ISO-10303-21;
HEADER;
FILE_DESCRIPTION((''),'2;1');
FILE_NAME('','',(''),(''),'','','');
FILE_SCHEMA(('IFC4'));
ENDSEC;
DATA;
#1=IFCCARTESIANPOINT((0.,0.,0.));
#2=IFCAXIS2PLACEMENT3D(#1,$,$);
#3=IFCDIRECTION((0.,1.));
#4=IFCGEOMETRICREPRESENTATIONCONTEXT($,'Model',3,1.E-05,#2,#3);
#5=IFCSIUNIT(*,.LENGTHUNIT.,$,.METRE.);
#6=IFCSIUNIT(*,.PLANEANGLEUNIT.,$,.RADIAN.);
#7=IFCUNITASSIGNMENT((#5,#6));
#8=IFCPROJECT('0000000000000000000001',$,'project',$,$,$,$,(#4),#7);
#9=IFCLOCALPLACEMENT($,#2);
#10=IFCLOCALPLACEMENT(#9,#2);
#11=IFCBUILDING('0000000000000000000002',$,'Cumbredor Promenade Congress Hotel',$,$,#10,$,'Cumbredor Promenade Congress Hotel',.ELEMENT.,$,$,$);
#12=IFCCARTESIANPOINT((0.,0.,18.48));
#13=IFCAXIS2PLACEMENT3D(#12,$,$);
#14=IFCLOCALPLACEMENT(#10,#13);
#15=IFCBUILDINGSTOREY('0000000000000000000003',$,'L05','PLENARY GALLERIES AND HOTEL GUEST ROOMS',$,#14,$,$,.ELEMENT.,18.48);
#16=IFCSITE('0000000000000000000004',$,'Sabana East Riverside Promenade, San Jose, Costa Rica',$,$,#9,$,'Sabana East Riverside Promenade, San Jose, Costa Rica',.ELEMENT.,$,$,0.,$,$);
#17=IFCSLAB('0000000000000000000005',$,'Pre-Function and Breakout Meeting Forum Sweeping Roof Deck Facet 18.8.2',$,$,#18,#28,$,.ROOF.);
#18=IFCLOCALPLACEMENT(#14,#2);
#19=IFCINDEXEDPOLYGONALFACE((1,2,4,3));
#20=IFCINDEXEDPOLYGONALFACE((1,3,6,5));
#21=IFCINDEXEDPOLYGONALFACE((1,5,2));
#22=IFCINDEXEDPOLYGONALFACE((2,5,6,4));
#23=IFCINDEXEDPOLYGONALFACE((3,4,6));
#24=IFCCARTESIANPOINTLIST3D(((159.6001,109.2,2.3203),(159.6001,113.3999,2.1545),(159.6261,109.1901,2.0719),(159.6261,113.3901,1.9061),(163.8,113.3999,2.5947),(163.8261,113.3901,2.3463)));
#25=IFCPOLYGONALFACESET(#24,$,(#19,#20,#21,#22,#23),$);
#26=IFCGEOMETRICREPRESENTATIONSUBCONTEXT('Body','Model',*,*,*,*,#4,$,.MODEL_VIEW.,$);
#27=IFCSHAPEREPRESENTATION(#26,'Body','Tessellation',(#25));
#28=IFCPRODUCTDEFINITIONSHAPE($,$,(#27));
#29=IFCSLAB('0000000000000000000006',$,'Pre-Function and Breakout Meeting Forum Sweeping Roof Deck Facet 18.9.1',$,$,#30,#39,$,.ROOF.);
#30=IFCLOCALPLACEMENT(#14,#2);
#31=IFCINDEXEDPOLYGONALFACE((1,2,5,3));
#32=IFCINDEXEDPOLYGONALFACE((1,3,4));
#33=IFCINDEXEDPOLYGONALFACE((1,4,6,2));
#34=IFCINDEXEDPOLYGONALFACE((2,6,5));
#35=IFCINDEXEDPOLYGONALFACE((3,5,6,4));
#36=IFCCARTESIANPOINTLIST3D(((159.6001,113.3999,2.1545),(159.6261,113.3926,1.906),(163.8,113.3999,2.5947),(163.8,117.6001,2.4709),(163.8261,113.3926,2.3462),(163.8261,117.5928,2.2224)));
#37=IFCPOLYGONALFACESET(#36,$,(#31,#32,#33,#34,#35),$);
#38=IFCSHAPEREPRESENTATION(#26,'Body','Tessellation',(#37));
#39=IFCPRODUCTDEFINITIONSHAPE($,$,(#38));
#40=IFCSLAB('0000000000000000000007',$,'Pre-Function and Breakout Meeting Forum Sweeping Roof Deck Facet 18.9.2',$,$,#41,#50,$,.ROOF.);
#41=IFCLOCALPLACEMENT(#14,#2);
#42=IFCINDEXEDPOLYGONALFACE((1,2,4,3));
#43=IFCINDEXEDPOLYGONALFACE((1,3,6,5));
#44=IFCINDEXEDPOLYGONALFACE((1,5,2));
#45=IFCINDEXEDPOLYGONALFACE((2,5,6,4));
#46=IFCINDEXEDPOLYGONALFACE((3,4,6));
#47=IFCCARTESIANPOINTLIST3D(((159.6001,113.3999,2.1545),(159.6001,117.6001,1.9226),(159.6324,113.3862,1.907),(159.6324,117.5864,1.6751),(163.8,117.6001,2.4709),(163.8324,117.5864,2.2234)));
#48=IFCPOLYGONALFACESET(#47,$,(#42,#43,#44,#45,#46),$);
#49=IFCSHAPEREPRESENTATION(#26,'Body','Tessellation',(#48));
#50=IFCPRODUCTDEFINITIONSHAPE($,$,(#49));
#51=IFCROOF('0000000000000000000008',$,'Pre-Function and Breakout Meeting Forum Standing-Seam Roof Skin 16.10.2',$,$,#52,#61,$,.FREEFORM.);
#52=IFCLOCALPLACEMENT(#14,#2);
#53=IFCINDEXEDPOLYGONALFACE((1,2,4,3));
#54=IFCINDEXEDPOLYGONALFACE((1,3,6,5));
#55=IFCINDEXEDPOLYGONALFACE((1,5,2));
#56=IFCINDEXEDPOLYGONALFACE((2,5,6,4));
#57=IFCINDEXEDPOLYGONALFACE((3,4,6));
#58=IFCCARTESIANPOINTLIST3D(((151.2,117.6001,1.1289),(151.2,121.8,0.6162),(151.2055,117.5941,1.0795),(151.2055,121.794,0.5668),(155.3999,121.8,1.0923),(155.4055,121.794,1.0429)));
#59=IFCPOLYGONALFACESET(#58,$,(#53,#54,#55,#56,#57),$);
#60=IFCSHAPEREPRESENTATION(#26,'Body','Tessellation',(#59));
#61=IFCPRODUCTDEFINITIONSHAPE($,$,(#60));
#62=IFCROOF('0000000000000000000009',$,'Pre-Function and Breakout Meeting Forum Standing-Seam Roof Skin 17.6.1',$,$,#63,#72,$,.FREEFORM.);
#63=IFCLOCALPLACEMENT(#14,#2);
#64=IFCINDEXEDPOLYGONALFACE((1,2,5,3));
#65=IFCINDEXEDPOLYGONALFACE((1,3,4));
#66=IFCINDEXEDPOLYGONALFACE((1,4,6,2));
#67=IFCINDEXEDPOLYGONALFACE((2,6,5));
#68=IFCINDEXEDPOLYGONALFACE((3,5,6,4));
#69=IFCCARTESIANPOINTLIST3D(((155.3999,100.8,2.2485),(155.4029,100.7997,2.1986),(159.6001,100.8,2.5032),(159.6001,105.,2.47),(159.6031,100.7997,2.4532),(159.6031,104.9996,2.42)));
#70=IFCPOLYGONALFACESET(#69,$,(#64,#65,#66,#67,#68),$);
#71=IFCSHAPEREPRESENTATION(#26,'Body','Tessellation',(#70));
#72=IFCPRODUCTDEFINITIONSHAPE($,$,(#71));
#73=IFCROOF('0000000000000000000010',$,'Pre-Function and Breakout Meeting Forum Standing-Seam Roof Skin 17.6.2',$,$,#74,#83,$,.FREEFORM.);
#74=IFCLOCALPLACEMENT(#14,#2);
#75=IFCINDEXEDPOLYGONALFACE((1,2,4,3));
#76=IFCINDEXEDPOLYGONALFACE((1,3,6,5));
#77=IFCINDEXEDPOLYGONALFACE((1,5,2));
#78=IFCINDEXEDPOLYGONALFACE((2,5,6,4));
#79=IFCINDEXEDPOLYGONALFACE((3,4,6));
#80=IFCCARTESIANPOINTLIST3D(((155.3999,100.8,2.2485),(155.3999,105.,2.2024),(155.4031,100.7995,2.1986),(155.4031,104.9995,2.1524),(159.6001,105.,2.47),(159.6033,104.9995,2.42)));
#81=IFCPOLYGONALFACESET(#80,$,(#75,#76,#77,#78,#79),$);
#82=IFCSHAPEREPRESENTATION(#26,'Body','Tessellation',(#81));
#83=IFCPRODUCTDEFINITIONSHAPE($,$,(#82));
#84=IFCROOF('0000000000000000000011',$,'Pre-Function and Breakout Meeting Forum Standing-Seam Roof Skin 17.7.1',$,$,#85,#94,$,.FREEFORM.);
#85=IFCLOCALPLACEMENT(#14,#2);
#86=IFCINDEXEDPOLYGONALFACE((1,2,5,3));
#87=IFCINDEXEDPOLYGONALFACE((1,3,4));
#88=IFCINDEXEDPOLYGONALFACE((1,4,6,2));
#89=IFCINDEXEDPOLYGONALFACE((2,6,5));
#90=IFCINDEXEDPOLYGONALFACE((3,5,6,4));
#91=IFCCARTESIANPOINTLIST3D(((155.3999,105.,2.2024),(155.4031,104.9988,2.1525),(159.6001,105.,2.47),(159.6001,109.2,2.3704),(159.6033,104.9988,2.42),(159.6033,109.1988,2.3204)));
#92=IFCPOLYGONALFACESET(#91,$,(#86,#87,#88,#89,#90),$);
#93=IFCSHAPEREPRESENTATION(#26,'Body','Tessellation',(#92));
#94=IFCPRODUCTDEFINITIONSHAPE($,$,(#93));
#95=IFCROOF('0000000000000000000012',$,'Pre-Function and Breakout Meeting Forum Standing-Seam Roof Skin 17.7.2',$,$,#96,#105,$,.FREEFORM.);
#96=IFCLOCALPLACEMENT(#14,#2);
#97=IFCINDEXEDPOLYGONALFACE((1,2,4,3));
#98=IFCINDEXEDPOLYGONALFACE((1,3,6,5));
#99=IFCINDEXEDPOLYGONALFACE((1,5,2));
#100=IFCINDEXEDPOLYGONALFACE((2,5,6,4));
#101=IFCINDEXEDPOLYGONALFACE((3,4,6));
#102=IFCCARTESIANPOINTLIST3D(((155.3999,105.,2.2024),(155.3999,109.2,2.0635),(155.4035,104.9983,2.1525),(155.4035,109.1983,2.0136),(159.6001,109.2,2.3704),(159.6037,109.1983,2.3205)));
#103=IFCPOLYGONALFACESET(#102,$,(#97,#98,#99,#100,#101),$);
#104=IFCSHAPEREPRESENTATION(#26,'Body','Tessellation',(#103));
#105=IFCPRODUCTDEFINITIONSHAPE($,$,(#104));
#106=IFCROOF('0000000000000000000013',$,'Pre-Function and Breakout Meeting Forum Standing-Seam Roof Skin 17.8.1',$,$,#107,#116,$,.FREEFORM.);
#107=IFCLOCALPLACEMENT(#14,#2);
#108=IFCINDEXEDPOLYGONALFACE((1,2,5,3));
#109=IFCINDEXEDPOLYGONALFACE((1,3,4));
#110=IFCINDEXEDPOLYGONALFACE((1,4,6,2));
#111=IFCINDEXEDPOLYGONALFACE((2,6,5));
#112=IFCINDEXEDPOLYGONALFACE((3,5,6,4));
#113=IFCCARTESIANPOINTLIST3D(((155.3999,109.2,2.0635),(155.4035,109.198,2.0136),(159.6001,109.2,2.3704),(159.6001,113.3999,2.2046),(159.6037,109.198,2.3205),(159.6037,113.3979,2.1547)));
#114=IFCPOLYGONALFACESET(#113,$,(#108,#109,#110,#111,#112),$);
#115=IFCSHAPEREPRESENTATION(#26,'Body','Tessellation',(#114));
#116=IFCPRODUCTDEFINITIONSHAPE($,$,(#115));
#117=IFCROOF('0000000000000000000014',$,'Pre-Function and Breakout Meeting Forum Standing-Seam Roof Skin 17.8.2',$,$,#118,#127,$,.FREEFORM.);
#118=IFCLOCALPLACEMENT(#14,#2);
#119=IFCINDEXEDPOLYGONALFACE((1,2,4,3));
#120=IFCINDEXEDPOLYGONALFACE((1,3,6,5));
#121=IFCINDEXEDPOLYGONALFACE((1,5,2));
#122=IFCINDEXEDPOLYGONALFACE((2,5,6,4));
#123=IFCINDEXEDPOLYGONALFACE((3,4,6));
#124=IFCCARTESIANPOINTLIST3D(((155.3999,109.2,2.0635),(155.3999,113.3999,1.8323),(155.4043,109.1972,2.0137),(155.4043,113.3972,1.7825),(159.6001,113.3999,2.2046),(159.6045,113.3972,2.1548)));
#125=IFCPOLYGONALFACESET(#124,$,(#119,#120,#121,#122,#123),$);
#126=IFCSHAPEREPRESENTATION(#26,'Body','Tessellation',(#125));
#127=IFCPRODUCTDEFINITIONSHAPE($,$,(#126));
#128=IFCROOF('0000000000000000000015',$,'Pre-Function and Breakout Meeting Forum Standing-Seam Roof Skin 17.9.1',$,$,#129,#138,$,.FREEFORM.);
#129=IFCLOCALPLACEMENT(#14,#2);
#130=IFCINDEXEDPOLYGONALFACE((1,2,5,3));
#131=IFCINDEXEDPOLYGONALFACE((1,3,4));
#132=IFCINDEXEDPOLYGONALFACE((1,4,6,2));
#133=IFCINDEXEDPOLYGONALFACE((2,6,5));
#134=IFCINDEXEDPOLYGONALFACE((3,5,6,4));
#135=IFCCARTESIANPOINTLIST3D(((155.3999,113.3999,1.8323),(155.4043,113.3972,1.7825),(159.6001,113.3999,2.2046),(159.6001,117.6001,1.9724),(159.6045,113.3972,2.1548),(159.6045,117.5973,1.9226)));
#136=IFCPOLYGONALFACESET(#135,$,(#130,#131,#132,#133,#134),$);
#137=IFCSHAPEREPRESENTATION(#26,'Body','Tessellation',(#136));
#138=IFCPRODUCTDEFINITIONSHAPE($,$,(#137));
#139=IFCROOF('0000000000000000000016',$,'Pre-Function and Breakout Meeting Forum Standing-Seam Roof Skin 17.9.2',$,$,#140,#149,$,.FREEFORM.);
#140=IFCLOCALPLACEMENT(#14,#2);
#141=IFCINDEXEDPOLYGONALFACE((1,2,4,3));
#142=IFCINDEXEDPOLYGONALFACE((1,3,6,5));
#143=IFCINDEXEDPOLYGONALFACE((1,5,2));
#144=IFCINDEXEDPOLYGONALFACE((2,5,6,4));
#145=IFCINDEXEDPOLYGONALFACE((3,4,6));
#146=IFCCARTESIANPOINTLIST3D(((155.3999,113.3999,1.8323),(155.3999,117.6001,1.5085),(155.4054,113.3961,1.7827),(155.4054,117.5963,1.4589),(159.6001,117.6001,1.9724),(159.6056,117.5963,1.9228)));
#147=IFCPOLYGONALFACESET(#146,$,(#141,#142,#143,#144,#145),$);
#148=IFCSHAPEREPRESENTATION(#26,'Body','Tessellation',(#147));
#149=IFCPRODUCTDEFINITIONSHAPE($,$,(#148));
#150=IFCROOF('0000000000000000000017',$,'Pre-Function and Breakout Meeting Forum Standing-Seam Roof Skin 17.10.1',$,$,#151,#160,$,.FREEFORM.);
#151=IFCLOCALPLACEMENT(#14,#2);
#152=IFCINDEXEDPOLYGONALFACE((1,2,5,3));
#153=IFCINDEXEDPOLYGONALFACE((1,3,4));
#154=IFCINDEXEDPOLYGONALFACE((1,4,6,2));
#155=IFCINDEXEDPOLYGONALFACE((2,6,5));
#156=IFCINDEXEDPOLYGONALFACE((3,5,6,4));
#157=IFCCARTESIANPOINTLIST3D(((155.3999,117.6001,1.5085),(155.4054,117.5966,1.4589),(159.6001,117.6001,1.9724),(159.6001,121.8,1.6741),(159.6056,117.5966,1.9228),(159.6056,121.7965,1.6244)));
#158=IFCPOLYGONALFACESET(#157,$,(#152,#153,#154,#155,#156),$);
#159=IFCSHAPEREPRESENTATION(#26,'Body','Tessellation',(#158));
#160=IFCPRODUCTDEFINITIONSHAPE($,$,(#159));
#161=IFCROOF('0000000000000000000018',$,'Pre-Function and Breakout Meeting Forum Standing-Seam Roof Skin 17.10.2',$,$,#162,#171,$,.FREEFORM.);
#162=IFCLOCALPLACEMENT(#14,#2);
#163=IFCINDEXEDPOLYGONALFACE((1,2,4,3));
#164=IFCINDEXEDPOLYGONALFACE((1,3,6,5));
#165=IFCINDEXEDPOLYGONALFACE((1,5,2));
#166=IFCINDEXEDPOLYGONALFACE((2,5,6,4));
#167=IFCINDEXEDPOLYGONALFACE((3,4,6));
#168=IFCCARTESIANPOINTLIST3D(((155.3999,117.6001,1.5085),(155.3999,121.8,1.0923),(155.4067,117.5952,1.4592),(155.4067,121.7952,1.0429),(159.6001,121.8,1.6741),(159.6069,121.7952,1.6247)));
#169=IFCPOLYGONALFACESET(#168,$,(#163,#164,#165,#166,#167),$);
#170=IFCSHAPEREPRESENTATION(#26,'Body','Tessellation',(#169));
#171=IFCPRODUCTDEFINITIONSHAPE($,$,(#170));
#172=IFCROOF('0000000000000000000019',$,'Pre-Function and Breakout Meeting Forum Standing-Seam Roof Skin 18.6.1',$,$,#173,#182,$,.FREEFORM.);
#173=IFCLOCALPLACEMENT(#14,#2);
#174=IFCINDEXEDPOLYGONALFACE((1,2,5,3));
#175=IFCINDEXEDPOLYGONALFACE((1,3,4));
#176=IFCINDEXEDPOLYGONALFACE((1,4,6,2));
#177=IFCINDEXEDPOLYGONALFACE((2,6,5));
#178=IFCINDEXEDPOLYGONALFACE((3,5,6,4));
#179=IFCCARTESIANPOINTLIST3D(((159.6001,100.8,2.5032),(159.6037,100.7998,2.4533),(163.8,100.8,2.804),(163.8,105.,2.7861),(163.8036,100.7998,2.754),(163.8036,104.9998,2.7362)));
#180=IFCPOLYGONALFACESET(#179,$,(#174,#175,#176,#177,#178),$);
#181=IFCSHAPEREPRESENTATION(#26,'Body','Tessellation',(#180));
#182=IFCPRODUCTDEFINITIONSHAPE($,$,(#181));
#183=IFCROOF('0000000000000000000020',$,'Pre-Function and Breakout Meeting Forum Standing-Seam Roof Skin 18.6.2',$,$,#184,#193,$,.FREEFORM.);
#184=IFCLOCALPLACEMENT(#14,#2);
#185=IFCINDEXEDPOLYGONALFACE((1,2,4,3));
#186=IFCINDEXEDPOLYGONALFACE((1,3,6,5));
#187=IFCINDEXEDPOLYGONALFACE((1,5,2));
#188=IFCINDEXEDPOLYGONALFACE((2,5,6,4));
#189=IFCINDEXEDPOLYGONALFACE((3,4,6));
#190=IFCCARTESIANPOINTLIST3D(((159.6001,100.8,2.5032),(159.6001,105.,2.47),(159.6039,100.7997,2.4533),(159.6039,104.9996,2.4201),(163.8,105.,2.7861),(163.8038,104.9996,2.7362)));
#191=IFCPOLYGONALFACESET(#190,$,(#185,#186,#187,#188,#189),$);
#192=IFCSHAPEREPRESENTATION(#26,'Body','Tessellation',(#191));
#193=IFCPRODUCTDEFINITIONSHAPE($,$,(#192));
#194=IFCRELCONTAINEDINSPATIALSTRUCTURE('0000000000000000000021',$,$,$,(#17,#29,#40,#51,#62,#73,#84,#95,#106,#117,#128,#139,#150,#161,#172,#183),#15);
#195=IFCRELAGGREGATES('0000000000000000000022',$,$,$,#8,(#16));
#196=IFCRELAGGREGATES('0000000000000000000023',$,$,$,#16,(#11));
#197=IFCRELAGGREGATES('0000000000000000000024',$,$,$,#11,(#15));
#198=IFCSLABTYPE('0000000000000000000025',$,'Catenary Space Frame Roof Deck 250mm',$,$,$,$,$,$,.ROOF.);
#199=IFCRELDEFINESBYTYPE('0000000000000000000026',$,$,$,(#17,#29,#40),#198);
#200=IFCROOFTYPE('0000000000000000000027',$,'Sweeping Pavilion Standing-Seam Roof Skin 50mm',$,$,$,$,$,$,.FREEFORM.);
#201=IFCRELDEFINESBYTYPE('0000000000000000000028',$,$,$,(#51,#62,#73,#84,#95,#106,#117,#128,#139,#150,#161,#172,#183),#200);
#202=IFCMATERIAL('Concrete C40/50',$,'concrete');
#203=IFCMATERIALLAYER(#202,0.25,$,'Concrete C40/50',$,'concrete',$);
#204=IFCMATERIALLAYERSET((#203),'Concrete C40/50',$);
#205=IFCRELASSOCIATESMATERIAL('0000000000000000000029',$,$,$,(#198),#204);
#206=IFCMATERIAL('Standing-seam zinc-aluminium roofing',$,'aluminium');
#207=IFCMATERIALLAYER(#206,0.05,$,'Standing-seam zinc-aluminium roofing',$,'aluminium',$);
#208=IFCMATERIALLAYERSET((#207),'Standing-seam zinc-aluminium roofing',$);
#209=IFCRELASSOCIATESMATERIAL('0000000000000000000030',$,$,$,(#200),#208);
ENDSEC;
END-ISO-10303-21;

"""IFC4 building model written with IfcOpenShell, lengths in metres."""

from ifc_helpers import new_model, si_unit, direction, frame, origin, place, context, subcontext, project, spatial, polyline, outline, extrude, material, layer, layer_set, type_object, element, save


model = new_model("IFC4")

# Units and contexts
model_context = context("Model", 3, precision=1e-05, world=origin(), true_north=direction((0.0, 1.0)))
body_context = subcontext(model_context, "Body", "Model", "MODEL_VIEW")
ifc_project = project(units=[si_unit("LENGTHUNIT", "METRE"), si_unit("PLANEANGLEUNIT", "RADIAN")], contexts=[model_context])

# Site, building, storey
site_placement = place(None, origin())
site = spatial("IfcSite", under=ifc_project, at=site_placement, Name="Sabana East Riverside Promenade, San Jose, Costa Rica", LongName="Sabana East Riverside Promenade, San Jose, Costa Rica", CompositionType="ELEMENT", RefElevation=0.0)
building_placement = place(site_placement, origin())
building = spatial("IfcBuilding", under=site, at=building_placement, Name="Cumbredor Promenade Congress Hotel", LongName="Cumbredor Promenade Congress Hotel", CompositionType="ELEMENT")
storey_placement = place(building_placement, frame((0.0, 0.0, 18.48)))
storey = spatial("IfcBuildingStorey", under=building, at=storey_placement, Name="L05", Description="PLENARY GALLERIES AND HOTEL GUEST ROOMS", CompositionType="ELEMENT", Elevation=18.48)

# Slabs
ifc_material_1 = material(Name="Concrete C40/50", Category="concrete")
ifc_layer_1 = layer(ifc_material_1, 0.25, Name="Concrete C40/50", Category="concrete")
ifc_layer_set_1 = layer_set([ifc_layer_1], Name="Concrete C40/50")
slab_type = type_object("IfcSlabType", Name="Catenary Space Frame Roof Deck 250mm", PredefinedType="ROOF", material=ifc_layer_set_1)
slab_1_placement = place(storey_placement, frame((159.6001, 109.2, 2.3203), z_axis=(-0.104156, 0.039225, 0.993787), x_axis=(0.706353, 0.706353, 0.046151)))
element("IfcSlab", 1, at=slab_1_placement, inside=storey, type_object=slab_type, Name="Pre-Function and Breakout Meeting Forum Sweeping Roof Deck Facet 18.8.2", PredefinedType="ROOF", context=body_context, shape_type="SweptSolid", body=[
    extrude(outline(polyline([(0.0, 0.0), (5.946, 0.0), (2.959, 2.9852), (0.0, 0.0)])), origin(), (0.0, 0.0, -1.0), 0.25),
])
slab_2_placement = place(storey_placement, frame((159.6001, 113.3999, 2.1545), z_axis=(-0.104192, 0.029297, 0.994126), x_axis=(0.994553, 0.0, 0.104236)))
element("IfcSlab", 2, at=slab_2_placement, inside=storey, type_object=slab_type, Name="Pre-Function and Breakout Meeting Forum Sweeping Roof Deck Facet 18.9.1", PredefinedType="ROOF", context=body_context, shape_type="SweptSolid", body=[
    extrude(outline(polyline([(0.0, 0.0), (4.223, 0.0), (4.2101, 4.202), (0.0, 0.0)])), origin(), (0.0, 0.0, -1.0), 0.25),
])
slab_3_placement = place(storey_placement, frame((159.6001, 113.3999, 2.1545), z_axis=(-0.129266, 0.054673, 0.990102), x_axis=(0.706085, 0.706126, 0.053193)))
element("IfcSlab", 3, at=slab_3_placement, inside=storey, type_object=slab_type, Name="Pre-Function and Breakout Meeting Forum Sweeping Roof Deck Facet 18.9.2", PredefinedType="ROOF", context=body_context, shape_type="SweptSolid", body=[
    extrude(outline(polyline([(0.0, 0.0), (5.9482, 0.0), (2.9535, 2.9953), (0.0, 0.0)])), origin(), (0.0, 0.0, -1.0), 0.25),
])

# Roofs
ifc_material_2 = material(Name="Standing-seam zinc-aluminium roofing", Category="aluminium")
ifc_layer_2 = layer(ifc_material_2, 0.05, Name="Standing-seam zinc-aluminium roofing", Category="aluminium")
ifc_layer_set_2 = layer_set([ifc_layer_2], Name="Standing-seam zinc-aluminium roofing")
roof_type = type_object("IfcRoofType", Name="Sweeping Pavilion Standing-Seam Roof Skin 50mm", PredefinedType="FREEFORM", material=ifc_layer_set_2)
roof_1_placement = place(storey_placement, frame((151.2, 117.6001, 1.1289), z_axis=(-0.111812, 0.120412, 0.986407), x_axis=(0.707093, 0.707093, -0.006165)))
element("IfcRoof", 4, at=roof_1_placement, inside=storey, type_object=roof_type, Name="Pre-Function and Breakout Meeting Forum Standing-Seam Roof Skin 16.10.2", PredefinedType="FREEFORM", context=body_context, shape_type="SweptSolid", body=[
    extrude(outline(polyline([(0.0, 0.0), (5.9397, 0.0), (2.9729, 3.0107), (0.0, 0.0)])), origin(), (0.0, 0.0, -1.0), 0.05),
])
roof_2_placement = place(storey_placement, frame((155.3999, 100.8, 2.2485), z_axis=(-0.060512, 0.007891, 0.998136), x_axis=(0.998167, 0.0, 0.060514)))
element("IfcRoof", 5, at=roof_2_placement, inside=storey, type_object=roof_type, Name="Pre-Function and Breakout Meeting Forum Standing-Seam Roof Skin 17.6.1", PredefinedType="FREEFORM", context=body_context, shape_type="SweptSolid", body=[
    extrude(outline(polyline([(0.0, 0.0), (4.2079, 0.0), (4.2059, 4.2001), (0.0, 0.0)])), origin(), (0.0, 0.0, -1.0), 0.05),
])
roof_3_placement = place(storey_placement, frame((155.3999, 100.8, 2.2485), z_axis=(-0.063573, 0.010964, 0.997917), x_axis=(0.706636, 0.706595, 0.037254)))
element("IfcRoof", 6, at=roof_3_placement, inside=storey, type_object=roof_type, Name="Pre-Function and Breakout Meeting Forum Standing-Seam Roof Skin 17.6.2", PredefinedType="FREEFORM", context=body_context, shape_type="SweptSolid", body=[
    extrude(outline(polyline([(0.0, 0.0), (5.9439, 0.0), (2.9659, 2.974), (0.0, 0.0)])), origin(), (0.0, 0.0, -1.0), 0.05),
])
roof_4_placement = place(storey_placement, frame((155.3999, 105.0, 2.2024), z_axis=(-0.063559, 0.023662, 0.997697), x_axis=(0.997977, 0.0, 0.063577)))
element("IfcRoof", 7, at=roof_4_placement, inside=storey, type_object=roof_type, Name="Pre-Function and Breakout Meeting Forum Standing-Seam Roof Skin 17.7.1", PredefinedType="FREEFORM", context=body_context, shape_type="SweptSolid", body=[
    extrude(outline(polyline([(0.0, 0.0), (4.2087, 0.0), (4.2024, 4.2011), (0.0, 0.0)])), origin(), (0.0, 0.0, -1.0), 0.05),
])
roof_5_placement = place(storey_placement, frame((155.3999, 105.0, 2.2024), z_axis=(-0.072831, 0.03297, 0.996799), x_axis=(0.706845, 0.706804, 0.028267)))
element("IfcRoof", 8, at=roof_5_placement, inside=storey, type_object=roof_type, Name="Pre-Function and Breakout Meeting Forum Standing-Seam Roof Skin 17.7.2", PredefinedType="FREEFORM", context=body_context, shape_type="SweptSolid", body=[
    extrude(outline(polyline([(0.0, 0.0), (5.9422, 0.0), (2.9646, 2.9782), (0.0, 0.0)])), origin(), (0.0, 0.0, -1.0), 0.05),
])
roof_6_placement = place(storey_placement, frame((155.3999, 109.2, 2.0635), z_axis=(-0.072814, 0.039334, 0.99657), x_axis=(0.997341, 0.0, 0.07287)))
element("IfcRoof", 9, at=roof_6_placement, inside=storey, type_object=roof_type, Name="Pre-Function and Breakout Meeting Forum Standing-Seam Roof Skin 17.8.1", PredefinedType="FREEFORM", context=body_context, shape_type="SweptSolid", body=[
    extrude(outline(polyline([(0.0, 0.0), (4.2114, 0.0), (4.1993, 4.2032), (0.0, 0.0)])), origin(), (0.0, 0.0, -1.0), 0.05),
])
roof_7_placement = place(storey_placement, frame((155.3999, 109.2, 2.0635), z_axis=(-0.088164, 0.054751, 0.9946), x_axis=(0.706928, 0.706887, 0.023751)))
element("IfcRoof", 10, at=roof_7_placement, inside=storey, type_object=roof_type, Name="Pre-Function and Breakout Meeting Forum Standing-Seam Roof Skin 17.8.2", PredefinedType="FREEFORM", context=body_context, shape_type="SweptSolid", body=[
    extrude(outline(polyline([(0.0, 0.0), (5.9415, 0.0), (2.9634, 2.9852), (0.0, 0.0)])), origin(), (0.0, 0.0, -1.0), 0.05),
])
roof_8_placement = place(storey_placement, frame((155.3999, 113.3999, 1.8323), z_axis=(-0.088162, 0.054979, 0.994588), x_axis=(0.996094, 0.0, 0.088296)))
element("IfcRoof", 11, at=roof_8_placement, inside=storey, type_object=roof_type, Name="Pre-Function and Breakout Meeting Forum Standing-Seam Roof Skin 17.9.1", PredefinedType="FREEFORM", context=body_context, shape_type="SweptSolid", body=[
    extrude(outline(polyline([(0.0, 0.0), (4.2167, 0.0), (4.1962, 4.2066), (0.0, 0.0)])), origin(), (0.0, 0.0, -1.0), 0.05),
])
roof_9_placement = place(storey_placement, frame((155.3999, 113.3999, 1.8323), z_axis=(-0.109451, 0.076385, 0.991053), x_axis=(0.70691, 0.70691, 0.023586)))
element("IfcRoof", 12, at=roof_9_placement, inside=storey, type_object=roof_type, Name="Pre-Function and Breakout Meeting Forum Standing-Seam Roof Skin 17.9.2", PredefinedType="FREEFORM", context=body_context, shape_type="SweptSolid", body=[
    extrude(outline(polyline([(0.0, 0.0), (5.9416, 0.0), (2.9615, 2.996), (0.0, 0.0)])), origin(), (0.0, 0.0, -1.0), 0.05),
])
roof_10_placement = place(storey_placement, frame((155.3999, 117.6001, 1.5085), z_axis=(-0.109499, 0.07043, 0.991489), x_axis=(0.993957, 0.0, 0.109772)))
element("IfcRoof", 13, at=roof_10_placement, inside=storey, type_object=roof_type, Name="Pre-Function and Breakout Meeting Forum Standing-Seam Roof Skin 17.10.1", PredefinedType="FREEFORM", context=body_context, shape_type="SweptSolid", body=[
    extrude(outline(polyline([(0.0, 0.0), (4.2257, 0.0), (4.193, 4.2104), (0.0, 0.0)])), origin(), (0.0, 0.0, -1.0), 0.05),
])
roof_11_placement = place(storey_placement, frame((155.3999, 117.6001, 1.5085), z_axis=(-0.136548, 0.097704, 0.985804), x_axis=(0.706853, 0.706812, 0.027857)))
element("IfcRoof", 14, at=roof_11_placement, inside=storey, type_object=roof_type, Name="Pre-Function and Breakout Meeting Forum Standing-Seam Roof Skin 17.10.2", PredefinedType="FREEFORM", context=body_context, shape_type="SweptSolid", body=[
    extrude(outline(polyline([(0.0, 0.0), (5.9421, 0.0), (2.957, 3.0115), (0.0, 0.0)])), origin(), (0.0, 0.0, -1.0), 0.05),
])
roof_12_placement = place(storey_placement, frame((159.6001, 100.8, 2.5032), z_axis=(-0.071432, 0.004233, 0.997437), x_axis=(0.997445, 0.0, 0.071432)))
element("IfcRoof", 15, at=roof_12_placement, inside=storey, type_object=roof_type, Name="Pre-Function and Breakout Meeting Forum Standing-Seam Roof Skin 18.6.1", PredefinedType="FREEFORM", context=body_context, shape_type="SweptSolid", body=[
    extrude(outline(polyline([(0.0, 0.0), (4.2107, 0.0), (4.2094, 4.2), (0.0, 0.0)])), origin(), (0.0, 0.0, -1.0), 0.05),
])
roof_13_placement = place(storey_placement, frame((159.6001, 100.8, 2.5032), z_axis=(-0.075063, 0.007883, 0.997148), x_axis=(0.706306, 0.706306, 0.047585)))
element("IfcRoof", 16, at=roof_13_placement, inside=storey, type_object=roof_type, Name="Pre-Function and Breakout Meeting Forum Standing-Seam Roof Skin 18.6.2", PredefinedType="FREEFORM", context=body_context, shape_type="SweptSolid", body=[
    extrude(outline(polyline([(0.0, 0.0), (5.9464, 0.0), (2.9649, 2.9749), (0.0, 0.0)])), origin(), (0.0, 0.0, -1.0), 0.05),
])

save(model, "model.ifc")
